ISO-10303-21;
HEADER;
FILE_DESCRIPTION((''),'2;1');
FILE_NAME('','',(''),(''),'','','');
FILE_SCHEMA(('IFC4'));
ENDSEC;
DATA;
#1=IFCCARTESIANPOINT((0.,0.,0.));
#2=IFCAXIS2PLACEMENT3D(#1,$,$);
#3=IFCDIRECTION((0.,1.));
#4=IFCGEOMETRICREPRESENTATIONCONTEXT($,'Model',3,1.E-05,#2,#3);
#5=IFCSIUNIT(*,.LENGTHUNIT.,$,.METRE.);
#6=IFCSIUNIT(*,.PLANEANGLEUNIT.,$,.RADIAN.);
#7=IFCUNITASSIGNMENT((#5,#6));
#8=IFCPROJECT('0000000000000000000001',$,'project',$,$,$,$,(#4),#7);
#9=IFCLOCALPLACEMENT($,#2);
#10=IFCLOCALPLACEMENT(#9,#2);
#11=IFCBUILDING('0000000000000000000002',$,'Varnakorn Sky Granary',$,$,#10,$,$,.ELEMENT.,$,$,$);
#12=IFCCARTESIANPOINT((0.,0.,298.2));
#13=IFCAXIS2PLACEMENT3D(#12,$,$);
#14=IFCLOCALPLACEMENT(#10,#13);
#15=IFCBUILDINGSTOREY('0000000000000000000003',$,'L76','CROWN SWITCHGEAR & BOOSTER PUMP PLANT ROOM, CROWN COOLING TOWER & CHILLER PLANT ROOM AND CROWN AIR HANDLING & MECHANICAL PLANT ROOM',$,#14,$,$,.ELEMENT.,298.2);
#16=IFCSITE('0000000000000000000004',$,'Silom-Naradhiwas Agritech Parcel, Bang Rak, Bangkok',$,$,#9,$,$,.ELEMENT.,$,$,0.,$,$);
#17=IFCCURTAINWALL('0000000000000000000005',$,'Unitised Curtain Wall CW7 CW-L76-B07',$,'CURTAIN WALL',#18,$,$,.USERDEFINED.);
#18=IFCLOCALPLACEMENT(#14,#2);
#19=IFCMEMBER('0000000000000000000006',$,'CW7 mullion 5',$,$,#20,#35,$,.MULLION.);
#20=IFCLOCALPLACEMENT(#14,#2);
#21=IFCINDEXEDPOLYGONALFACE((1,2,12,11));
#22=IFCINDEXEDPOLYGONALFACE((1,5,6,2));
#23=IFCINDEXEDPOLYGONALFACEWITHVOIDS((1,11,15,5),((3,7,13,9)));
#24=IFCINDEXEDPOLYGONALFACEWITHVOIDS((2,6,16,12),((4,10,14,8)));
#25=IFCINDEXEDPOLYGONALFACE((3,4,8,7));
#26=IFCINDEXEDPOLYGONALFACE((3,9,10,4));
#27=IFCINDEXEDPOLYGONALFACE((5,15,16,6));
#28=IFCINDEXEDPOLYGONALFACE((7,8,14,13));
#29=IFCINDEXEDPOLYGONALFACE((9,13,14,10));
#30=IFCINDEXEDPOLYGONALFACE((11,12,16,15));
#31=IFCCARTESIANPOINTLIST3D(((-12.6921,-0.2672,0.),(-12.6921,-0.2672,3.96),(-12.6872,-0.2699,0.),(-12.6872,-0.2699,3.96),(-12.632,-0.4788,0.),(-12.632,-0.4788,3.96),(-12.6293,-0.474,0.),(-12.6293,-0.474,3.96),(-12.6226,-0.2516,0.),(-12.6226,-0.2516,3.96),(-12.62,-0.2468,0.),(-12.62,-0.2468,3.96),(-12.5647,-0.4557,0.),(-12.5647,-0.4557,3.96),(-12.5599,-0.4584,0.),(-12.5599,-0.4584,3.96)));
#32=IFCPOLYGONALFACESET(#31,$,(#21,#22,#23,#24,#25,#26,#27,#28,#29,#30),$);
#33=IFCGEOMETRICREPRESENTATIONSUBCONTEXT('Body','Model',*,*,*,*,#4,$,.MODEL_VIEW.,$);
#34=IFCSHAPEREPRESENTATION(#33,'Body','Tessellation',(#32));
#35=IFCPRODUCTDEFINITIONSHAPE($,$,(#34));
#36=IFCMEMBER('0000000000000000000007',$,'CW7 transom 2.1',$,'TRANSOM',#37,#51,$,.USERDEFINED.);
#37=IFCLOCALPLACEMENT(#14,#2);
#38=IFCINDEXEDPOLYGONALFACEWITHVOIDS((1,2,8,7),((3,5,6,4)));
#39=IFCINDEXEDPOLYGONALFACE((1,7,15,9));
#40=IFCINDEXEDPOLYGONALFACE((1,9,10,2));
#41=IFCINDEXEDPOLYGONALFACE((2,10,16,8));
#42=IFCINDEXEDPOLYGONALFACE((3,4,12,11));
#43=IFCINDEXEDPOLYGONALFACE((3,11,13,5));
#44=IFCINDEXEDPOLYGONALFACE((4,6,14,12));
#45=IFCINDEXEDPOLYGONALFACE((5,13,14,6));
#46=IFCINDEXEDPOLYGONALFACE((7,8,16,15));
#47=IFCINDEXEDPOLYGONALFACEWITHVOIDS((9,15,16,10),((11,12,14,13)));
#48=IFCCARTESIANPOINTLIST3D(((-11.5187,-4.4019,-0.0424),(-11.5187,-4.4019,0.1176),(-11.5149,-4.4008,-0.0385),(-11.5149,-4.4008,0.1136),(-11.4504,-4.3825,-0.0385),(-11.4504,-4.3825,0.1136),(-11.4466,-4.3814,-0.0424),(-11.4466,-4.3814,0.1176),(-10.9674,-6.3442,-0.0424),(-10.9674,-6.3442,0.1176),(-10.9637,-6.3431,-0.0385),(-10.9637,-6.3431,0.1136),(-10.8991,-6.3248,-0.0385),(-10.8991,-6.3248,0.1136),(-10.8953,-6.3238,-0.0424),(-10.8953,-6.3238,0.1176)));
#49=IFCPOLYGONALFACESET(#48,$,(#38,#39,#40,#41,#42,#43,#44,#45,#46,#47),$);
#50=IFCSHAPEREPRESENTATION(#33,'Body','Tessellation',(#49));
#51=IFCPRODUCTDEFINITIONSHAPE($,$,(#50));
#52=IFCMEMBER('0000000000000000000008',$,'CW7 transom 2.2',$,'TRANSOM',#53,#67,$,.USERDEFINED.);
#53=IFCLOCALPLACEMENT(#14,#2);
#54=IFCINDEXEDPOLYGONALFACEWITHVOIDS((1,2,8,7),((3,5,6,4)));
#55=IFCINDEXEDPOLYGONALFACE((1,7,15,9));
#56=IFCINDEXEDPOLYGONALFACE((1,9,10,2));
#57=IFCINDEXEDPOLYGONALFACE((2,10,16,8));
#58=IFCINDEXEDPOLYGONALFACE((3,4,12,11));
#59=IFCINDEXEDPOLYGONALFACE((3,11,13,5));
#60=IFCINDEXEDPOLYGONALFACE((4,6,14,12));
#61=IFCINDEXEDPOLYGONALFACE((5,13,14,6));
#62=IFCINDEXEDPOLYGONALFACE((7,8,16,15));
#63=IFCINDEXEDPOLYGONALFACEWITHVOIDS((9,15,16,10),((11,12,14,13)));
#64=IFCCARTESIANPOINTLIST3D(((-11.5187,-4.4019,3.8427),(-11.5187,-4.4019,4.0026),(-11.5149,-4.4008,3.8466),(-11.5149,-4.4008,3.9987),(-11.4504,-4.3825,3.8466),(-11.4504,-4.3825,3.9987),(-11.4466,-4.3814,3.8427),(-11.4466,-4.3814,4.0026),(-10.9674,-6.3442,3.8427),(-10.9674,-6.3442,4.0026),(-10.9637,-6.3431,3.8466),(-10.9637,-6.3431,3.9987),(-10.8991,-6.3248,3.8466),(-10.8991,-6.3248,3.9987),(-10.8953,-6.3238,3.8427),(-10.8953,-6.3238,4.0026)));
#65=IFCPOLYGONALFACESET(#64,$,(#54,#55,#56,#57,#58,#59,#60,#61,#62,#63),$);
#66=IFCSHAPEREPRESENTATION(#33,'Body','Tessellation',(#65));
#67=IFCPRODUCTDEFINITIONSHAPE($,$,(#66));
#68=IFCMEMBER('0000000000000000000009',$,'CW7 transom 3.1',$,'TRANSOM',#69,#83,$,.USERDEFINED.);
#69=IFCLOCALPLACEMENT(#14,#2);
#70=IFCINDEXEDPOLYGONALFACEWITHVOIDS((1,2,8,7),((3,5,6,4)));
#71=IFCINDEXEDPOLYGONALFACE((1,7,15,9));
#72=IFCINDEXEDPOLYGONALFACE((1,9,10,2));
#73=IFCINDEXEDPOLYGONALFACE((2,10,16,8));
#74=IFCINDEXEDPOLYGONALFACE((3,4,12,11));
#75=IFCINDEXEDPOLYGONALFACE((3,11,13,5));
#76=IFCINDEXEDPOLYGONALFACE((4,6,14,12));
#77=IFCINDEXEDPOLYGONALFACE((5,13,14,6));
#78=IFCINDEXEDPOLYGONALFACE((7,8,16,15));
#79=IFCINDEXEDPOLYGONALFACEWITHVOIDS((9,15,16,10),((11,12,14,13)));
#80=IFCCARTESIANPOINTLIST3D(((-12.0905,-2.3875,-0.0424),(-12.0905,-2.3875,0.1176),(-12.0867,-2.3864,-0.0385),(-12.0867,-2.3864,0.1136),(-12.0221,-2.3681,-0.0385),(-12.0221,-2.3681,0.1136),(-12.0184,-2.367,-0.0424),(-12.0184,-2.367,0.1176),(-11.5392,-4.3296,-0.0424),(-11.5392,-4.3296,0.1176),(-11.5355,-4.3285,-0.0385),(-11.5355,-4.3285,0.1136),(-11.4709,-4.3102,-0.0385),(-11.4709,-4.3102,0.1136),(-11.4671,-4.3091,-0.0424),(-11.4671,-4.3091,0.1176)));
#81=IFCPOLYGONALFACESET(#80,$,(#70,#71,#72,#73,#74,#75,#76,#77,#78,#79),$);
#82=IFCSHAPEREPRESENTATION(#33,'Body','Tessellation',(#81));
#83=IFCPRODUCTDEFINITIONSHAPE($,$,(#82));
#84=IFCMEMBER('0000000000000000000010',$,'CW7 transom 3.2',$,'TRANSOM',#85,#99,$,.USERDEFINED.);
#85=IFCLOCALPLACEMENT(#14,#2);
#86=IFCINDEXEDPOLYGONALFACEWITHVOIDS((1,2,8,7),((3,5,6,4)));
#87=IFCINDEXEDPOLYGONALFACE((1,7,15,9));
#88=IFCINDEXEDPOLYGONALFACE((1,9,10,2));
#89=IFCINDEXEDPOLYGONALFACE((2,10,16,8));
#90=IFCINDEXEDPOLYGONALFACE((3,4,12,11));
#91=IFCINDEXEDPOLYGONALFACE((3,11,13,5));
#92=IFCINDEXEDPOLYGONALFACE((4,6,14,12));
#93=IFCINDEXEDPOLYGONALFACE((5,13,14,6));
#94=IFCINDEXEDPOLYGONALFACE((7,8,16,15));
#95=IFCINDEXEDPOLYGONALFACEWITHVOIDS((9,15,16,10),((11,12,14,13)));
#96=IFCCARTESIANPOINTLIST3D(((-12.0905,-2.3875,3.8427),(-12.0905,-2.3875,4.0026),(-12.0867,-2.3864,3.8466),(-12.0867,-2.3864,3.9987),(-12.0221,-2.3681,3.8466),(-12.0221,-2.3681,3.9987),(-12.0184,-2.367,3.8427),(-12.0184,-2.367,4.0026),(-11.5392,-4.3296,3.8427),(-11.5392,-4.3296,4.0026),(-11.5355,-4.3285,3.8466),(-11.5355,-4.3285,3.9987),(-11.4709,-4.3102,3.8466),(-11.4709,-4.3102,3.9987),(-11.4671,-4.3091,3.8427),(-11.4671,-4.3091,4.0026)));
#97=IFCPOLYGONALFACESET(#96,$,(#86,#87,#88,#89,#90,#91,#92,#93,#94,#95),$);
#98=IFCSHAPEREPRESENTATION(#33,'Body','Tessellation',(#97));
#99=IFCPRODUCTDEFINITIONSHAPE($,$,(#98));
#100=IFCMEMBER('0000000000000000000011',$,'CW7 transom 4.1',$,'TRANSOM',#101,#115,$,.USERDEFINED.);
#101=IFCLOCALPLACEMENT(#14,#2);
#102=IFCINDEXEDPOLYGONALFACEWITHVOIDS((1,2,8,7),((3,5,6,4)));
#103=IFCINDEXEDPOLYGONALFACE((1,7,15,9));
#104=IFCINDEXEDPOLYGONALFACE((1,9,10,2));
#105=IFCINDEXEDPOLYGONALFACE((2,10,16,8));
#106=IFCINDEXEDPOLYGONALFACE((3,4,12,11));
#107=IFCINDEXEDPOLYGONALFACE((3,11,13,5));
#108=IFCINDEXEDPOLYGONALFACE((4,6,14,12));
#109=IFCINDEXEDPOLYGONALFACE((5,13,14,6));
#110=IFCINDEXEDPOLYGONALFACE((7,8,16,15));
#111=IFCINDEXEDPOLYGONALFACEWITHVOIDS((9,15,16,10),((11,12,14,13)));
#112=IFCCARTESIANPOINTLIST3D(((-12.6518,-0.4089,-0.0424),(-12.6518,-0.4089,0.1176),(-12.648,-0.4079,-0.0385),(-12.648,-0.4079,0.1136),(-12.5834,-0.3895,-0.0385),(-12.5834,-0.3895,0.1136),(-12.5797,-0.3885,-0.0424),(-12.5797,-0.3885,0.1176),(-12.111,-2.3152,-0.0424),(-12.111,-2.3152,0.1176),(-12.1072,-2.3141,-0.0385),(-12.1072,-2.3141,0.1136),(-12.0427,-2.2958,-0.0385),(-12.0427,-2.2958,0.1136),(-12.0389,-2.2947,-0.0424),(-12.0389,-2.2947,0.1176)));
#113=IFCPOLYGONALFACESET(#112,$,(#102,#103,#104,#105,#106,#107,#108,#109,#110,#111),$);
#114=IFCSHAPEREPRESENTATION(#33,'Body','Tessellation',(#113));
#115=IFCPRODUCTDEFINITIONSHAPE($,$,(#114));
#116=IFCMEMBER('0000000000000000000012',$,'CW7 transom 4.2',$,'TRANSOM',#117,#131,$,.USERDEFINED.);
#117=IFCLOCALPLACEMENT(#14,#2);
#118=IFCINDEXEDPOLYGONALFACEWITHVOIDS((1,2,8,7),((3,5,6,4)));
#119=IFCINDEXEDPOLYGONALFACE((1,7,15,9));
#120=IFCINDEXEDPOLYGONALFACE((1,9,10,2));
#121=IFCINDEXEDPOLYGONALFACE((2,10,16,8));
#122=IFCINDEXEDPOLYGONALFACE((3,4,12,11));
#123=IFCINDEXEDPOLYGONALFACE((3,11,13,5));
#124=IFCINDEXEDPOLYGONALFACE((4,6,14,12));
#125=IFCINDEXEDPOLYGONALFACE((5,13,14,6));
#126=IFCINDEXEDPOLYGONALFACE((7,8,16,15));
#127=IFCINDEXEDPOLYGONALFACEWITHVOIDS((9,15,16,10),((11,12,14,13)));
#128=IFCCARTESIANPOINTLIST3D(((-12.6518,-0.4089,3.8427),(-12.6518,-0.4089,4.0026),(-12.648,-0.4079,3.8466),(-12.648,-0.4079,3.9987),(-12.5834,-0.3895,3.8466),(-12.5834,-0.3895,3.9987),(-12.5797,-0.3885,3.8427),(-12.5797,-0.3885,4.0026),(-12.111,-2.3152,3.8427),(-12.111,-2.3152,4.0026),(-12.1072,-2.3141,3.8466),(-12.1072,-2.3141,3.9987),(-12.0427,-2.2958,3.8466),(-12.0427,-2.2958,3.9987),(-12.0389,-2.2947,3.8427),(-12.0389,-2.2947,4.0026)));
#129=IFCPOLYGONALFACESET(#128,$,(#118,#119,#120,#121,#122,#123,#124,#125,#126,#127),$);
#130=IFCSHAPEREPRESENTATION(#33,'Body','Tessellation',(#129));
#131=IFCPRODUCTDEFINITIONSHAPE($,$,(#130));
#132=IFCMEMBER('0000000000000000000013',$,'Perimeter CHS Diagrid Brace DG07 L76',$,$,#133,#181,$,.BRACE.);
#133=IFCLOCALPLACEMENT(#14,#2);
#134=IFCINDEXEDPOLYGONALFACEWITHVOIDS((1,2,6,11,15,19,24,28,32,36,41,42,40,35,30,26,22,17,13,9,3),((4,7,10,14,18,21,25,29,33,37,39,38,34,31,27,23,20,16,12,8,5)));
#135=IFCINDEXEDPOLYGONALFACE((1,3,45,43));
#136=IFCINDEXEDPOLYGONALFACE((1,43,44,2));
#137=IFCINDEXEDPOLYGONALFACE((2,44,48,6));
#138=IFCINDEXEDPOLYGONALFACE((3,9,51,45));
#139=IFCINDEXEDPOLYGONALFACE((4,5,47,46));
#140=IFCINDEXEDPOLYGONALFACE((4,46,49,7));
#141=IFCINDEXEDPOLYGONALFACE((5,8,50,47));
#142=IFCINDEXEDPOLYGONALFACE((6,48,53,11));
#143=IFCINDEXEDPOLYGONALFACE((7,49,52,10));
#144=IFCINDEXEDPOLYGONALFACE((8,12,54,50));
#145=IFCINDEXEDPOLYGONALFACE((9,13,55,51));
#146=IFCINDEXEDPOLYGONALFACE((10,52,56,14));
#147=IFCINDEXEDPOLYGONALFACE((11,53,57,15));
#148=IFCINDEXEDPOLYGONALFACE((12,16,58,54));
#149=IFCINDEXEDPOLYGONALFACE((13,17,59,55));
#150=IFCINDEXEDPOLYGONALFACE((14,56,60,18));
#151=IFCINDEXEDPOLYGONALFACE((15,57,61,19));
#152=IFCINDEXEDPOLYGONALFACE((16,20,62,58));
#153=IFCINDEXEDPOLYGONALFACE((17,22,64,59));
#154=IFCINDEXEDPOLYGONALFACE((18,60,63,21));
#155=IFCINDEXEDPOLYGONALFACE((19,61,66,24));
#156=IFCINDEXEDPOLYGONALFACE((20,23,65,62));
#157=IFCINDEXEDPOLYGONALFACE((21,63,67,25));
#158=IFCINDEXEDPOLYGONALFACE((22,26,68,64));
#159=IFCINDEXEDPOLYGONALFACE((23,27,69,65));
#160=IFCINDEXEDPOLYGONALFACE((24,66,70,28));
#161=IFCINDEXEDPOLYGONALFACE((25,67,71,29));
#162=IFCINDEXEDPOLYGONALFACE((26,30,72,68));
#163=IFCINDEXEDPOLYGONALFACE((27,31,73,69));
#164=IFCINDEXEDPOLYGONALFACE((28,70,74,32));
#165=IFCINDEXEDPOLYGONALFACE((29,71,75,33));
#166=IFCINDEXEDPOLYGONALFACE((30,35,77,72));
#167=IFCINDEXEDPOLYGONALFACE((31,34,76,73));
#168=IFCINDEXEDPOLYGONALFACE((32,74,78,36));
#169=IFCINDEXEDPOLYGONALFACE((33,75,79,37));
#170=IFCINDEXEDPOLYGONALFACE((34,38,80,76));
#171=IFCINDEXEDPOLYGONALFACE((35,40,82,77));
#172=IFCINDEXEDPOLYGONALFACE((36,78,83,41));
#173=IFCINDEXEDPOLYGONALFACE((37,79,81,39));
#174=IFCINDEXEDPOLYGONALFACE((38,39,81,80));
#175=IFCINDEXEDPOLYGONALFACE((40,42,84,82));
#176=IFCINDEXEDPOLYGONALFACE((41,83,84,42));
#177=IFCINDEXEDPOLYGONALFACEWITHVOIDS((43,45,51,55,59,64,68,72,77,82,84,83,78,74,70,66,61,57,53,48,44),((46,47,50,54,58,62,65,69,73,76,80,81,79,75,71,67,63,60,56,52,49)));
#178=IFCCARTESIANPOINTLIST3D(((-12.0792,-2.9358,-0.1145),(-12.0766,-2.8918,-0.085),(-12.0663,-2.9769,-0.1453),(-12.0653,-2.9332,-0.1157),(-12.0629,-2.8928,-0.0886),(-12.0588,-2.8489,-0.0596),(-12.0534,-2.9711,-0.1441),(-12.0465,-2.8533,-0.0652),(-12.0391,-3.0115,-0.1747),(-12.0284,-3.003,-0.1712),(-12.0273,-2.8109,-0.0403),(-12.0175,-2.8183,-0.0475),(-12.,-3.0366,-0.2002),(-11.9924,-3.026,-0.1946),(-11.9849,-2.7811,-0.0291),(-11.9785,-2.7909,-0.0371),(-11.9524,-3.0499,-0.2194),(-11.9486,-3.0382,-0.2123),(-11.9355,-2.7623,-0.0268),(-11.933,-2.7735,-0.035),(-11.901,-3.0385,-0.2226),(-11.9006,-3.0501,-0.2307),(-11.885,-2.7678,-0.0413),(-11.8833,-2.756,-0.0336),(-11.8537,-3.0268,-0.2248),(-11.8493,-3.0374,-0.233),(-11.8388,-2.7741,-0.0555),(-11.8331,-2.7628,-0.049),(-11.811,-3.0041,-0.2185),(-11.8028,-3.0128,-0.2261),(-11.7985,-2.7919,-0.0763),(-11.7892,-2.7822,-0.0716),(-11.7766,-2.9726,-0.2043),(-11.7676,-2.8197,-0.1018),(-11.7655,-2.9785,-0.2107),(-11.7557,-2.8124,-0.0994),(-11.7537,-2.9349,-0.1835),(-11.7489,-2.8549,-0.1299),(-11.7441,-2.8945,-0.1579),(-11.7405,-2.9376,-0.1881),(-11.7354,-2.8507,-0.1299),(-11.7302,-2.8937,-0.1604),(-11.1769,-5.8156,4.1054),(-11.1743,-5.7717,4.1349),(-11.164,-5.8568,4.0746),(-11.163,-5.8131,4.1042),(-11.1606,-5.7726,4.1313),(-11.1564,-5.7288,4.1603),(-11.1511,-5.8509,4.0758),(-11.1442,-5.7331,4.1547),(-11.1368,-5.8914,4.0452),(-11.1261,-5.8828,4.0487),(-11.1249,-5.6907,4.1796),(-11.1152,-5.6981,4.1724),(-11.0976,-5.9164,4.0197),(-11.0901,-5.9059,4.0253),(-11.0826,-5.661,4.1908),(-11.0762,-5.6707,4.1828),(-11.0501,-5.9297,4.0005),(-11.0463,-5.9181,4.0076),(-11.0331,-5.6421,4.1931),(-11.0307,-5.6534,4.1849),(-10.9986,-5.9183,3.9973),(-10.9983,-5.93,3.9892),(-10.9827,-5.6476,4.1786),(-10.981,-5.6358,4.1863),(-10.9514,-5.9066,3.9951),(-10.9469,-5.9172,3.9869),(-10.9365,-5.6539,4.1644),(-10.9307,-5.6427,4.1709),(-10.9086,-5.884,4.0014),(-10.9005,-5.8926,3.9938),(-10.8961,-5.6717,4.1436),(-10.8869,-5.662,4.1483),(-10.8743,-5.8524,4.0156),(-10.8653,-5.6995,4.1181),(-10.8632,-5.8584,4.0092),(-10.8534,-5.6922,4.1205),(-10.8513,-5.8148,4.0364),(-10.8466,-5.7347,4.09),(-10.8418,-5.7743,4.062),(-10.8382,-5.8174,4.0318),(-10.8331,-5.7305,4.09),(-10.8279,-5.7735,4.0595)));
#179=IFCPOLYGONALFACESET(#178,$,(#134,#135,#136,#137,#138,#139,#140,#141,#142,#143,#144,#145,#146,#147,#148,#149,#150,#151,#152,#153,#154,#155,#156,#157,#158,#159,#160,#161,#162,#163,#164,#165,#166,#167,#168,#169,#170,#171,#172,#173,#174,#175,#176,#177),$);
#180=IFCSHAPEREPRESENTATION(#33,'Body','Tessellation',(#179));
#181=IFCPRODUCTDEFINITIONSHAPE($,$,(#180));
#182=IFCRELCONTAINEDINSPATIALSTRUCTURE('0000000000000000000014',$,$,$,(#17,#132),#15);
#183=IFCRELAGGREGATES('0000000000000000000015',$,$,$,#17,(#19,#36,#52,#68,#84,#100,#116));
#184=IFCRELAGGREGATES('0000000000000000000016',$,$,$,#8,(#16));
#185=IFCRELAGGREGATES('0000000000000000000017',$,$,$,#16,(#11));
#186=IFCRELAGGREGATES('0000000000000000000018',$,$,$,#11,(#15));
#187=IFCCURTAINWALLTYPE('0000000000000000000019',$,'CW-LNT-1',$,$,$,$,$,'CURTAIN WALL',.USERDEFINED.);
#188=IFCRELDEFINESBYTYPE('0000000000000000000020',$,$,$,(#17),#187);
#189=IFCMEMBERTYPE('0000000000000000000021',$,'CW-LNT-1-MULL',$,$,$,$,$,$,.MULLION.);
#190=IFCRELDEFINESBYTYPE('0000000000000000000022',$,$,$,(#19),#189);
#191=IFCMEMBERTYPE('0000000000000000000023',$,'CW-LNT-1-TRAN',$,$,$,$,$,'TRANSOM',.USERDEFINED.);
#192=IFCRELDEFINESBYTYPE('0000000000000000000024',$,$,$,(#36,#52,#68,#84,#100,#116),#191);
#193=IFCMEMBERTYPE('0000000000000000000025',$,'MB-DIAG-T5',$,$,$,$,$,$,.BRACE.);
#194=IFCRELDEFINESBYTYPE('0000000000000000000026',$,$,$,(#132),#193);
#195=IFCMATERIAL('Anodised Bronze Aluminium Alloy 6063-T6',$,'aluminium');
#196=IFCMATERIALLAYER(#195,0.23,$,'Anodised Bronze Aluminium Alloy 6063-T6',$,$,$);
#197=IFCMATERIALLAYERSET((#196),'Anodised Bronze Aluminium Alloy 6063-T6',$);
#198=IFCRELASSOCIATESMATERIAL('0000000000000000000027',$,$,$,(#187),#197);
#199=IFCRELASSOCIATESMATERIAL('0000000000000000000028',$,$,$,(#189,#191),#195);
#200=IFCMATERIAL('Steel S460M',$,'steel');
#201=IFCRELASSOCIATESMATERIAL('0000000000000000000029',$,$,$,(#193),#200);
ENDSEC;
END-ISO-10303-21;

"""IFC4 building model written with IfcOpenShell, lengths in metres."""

from ifc_helpers import new_model, si_unit, direction, frame, origin, origin_2d, place, context, subcontext, project, spatial, hollow_rectangle, hollow_circle, extrude, material, layer, layer_set, material_profile, profile_set, type_object, element, aggregate, save


model = new_model("IFC4")

# Units and contexts
model_context = context("Model", 3, precision=1e-05, world=origin(), true_north=direction((0.0, 1.0)))
body_context = subcontext(model_context, "Body", "Model", "MODEL_VIEW")
ifc_project = project(units=[si_unit("LENGTHUNIT", "METRE"), si_unit("PLANEANGLEUNIT", "RADIAN")], contexts=[model_context])

# Site, building, storey
site_placement = place(None, origin())
site = spatial("IfcSite", under=ifc_project, at=site_placement, Name="Silom-Naradhiwas Agritech Parcel, Bang Rak, Bangkok", CompositionType="ELEMENT", RefElevation=0.0)
building_placement = place(site_placement, origin())
building = spatial("IfcBuilding", under=site, at=building_placement, Name="Varnakorn Sky Granary", CompositionType="ELEMENT")
storey_placement = place(building_placement, frame((0.0, 0.0, 298.2)))
storey = spatial("IfcBuildingStorey", under=building, at=storey_placement, Name="L76", Description="CROWN SWITCHGEAR & BOOSTER PUMP PLANT ROOM, CROWN COOLING TOWER & CHILLER PLANT ROOM AND CROWN AIR HANDLING & MECHANICAL PLANT ROOM", CompositionType="ELEMENT", Elevation=298.2)

# Shared definitions
ifc_material_1 = material(Name="Steel S460M", Category="steel")

# Shared definitions
ifc_material_2 = material(Name="Anodised Bronze Aluminium Alloy 6063-T6", Category="aluminium")
ifc_layer_1 = layer(ifc_material_2, 0.23, Name="Anodised Bronze Aluminium Alloy 6063-T6")
ifc_layer_set_1 = layer_set([ifc_layer_1], Name="Anodised Bronze Aluminium Alloy 6063-T6")
curtain_wall_type = type_object("IfcCurtainWallType", Name="CW-LNT-1", ElementType="CURTAIN WALL", PredefinedType="USERDEFINED", material=ifc_layer_set_1)
ifc_material_profile_1 = material_profile(ifc_material_2, hollow_rectangle(XDim=0.075, YDim=0.22, WallThickness=0.0039, at=origin_2d()), Name="ALU MULL 75x220")
ifc_profile_set_1 = profile_set([ifc_material_profile_1], Name="Anodised Bronze Aluminium Alloy 6063-T6")
member_type_1 = type_object("IfcMemberType", Name="CW-LNT-1-MULL", PredefinedType="MULLION", material=ifc_profile_set_1)

# Curtain wall, members
curtain_wall_1_placement = place(storey_placement, origin())
curtain_wall_1 = element("IfcCurtainWall", 1, at=curtain_wall_1_placement, inside=storey, type_object=curtain_wall_type, Name="Unitised Curtain Wall CW7 CW-L76-B07", ObjectType="CURTAIN WALL", PredefinedType="USERDEFINED")
member_1_placement = place(storey_placement, frame((-12.626, -0.3628, 0.0), z_axis=(0.0, 0.0, 1.0), x_axis=(-0.962012, -0.273007, 0.0)))
member_1 = element("IfcMember", 2, at=member_1_placement, type_object=member_type_1, Name="CW7 mullion 5", PredefinedType="MULLION", context=body_context, shape_type="SweptSolid", body=[
    extrude(hollow_rectangle(XDim=0.075, YDim=0.22, WallThickness=0.0039, at=origin_2d()), origin(), (0.0, 0.0, 1.0), 3.96),
])
ifc_material_profile_2 = material_profile(ifc_material_2, hollow_rectangle(XDim=0.075, YDim=0.1599, WallThickness=0.0039, at=origin_2d()), Name="ALU TRAN 75x160")
ifc_profile_set_2 = profile_set([ifc_material_profile_2], Name="Anodised Bronze Aluminium Alloy 6063-T6")
member_type_2 = type_object("IfcMemberType", Name="CW-LNT-1-TRAN", ElementType="TRANSOM", PredefinedType="USERDEFINED", material=ifc_profile_set_2)
member_2_placement = place(storey_placement, frame((-10.9314, -6.334, 0.0376), z_axis=(-0.273028, 0.962006, 0.0), x_axis=(-0.962006, -0.273028, 0.0)))
member_2 = element("IfcMember", 3, at=member_2_placement, type_object=member_type_2, Name="CW7 transom 2.1", ObjectType="TRANSOM", PredefinedType="USERDEFINED", context=body_context, shape_type="SweptSolid", body=[
    extrude(hollow_rectangle(XDim=0.075, YDim=0.1599, WallThickness=0.0039, at=origin_2d()), origin(), (0.0, 0.0, 1.0), 2.019),
])
member_3_placement = place(storey_placement, frame((-10.9314, -6.334, 3.9226), z_axis=(-0.273028, 0.962006, 0.0), x_axis=(-0.962006, -0.273028, 0.0)))
member_3 = element("IfcMember", 4, at=member_3_placement, type_object=member_type_2, Name="CW7 transom 2.2", ObjectType="TRANSOM", PredefinedType="USERDEFINED", context=body_context, shape_type="SweptSolid", body=[
    extrude(hollow_rectangle(XDim=0.075, YDim=0.1599, WallThickness=0.0039, at=origin_2d()), origin(), (0.0, 0.0, 1.0), 2.019),
])
member_4_placement = place(storey_placement, frame((-11.5032, -4.3193, 0.0376), z_axis=(-0.27306, 0.961997, 0.0), x_axis=(-0.961997, -0.27306, 0.0)))
member_4 = element("IfcMember", 5, at=member_4_placement, type_object=member_type_2, Name="CW7 transom 3.1", ObjectType="TRANSOM", PredefinedType="USERDEFINED", context=body_context, shape_type="SweptSolid", body=[
    extrude(hollow_rectangle(XDim=0.075, YDim=0.1599, WallThickness=0.0039, at=origin_2d()), origin(), (0.0, 0.0, 1.0), 2.0188),
])
member_5_placement = place(storey_placement, frame((-11.5032, -4.3193, 3.9226), z_axis=(-0.27306, 0.961997, 0.0), x_axis=(-0.961997, -0.27306, 0.0)))
member_5 = element("IfcMember", 6, at=member_5_placement, type_object=member_type_2, Name="CW7 transom 3.2", ObjectType="TRANSOM", PredefinedType="USERDEFINED", context=body_context, shape_type="SweptSolid", body=[
    extrude(hollow_rectangle(XDim=0.075, YDim=0.1599, WallThickness=0.0039, at=origin_2d()), origin(), (0.0, 0.0, 1.0), 2.0188),
])
member_6_placement = place(storey_placement, frame((-12.075, -2.3049, 0.0376), z_axis=(-0.272914, 0.962038, 0.0), x_axis=(-0.962038, -0.272914, 0.0)))
member_6 = element("IfcMember", 7, at=member_6_placement, type_object=member_type_2, Name="CW7 transom 4.1", ObjectType="TRANSOM", PredefinedType="USERDEFINED", context=body_context, shape_type="SweptSolid", body=[
    extrude(hollow_rectangle(XDim=0.075, YDim=0.1599, WallThickness=0.0039, at=origin_2d()), origin(), (0.0, 0.0, 1.0), 1.9814),
])
member_7_placement = place(storey_placement, frame((-12.075, -2.3049, 3.9226), z_axis=(-0.272914, 0.962038, 0.0), x_axis=(-0.962038, -0.272914, 0.0)))
member_7 = element("IfcMember", 8, at=member_7_placement, type_object=member_type_2, Name="CW7 transom 4.2", ObjectType="TRANSOM", PredefinedType="USERDEFINED", context=body_context, shape_type="SweptSolid", body=[
    extrude(hollow_rectangle(XDim=0.075, YDim=0.1599, WallThickness=0.0039, at=origin_2d()), origin(), (0.0, 0.0, 1.0), 1.9814),
])

# Member
ifc_material_profile_3 = material_profile(ifc_material_1, hollow_circle(Radius=0.1777, WallThickness=0.0142, at=origin_2d()), Name="CHS 355.6x14")
ifc_profile_set_3 = profile_set([ifc_material_profile_3], Name="Steel S460M")
member_type_3 = type_object("IfcMemberType", Name="MB-DIAG-T5", PredefinedType="BRACE", material=ifc_profile_set_3)
member_8_placement = place(storey_placement, frame((-11.905, -2.9038, -0.1299), z_axis=(0.173927, -0.555097, 0.813398), x_axis=(0.954255, 0.298993, 0.0)))
element("IfcMember", 9, at=member_8_placement, inside=storey, type_object=member_type_3, Name="Perimeter CHS Diagrid Brace DG07 L76", PredefinedType="BRACE", context=body_context, shape_type="SweptSolid", body=[
    extrude(hollow_circle(Radius=0.1777, WallThickness=0.0142, at=origin_2d()), origin(), (0.0, 0.0, 1.0), 5.188),
])

aggregate(curtain_wall_1, [member_1, member_2, member_3, member_4, member_5, member_6, member_7])

save(model, "model.ifc")
